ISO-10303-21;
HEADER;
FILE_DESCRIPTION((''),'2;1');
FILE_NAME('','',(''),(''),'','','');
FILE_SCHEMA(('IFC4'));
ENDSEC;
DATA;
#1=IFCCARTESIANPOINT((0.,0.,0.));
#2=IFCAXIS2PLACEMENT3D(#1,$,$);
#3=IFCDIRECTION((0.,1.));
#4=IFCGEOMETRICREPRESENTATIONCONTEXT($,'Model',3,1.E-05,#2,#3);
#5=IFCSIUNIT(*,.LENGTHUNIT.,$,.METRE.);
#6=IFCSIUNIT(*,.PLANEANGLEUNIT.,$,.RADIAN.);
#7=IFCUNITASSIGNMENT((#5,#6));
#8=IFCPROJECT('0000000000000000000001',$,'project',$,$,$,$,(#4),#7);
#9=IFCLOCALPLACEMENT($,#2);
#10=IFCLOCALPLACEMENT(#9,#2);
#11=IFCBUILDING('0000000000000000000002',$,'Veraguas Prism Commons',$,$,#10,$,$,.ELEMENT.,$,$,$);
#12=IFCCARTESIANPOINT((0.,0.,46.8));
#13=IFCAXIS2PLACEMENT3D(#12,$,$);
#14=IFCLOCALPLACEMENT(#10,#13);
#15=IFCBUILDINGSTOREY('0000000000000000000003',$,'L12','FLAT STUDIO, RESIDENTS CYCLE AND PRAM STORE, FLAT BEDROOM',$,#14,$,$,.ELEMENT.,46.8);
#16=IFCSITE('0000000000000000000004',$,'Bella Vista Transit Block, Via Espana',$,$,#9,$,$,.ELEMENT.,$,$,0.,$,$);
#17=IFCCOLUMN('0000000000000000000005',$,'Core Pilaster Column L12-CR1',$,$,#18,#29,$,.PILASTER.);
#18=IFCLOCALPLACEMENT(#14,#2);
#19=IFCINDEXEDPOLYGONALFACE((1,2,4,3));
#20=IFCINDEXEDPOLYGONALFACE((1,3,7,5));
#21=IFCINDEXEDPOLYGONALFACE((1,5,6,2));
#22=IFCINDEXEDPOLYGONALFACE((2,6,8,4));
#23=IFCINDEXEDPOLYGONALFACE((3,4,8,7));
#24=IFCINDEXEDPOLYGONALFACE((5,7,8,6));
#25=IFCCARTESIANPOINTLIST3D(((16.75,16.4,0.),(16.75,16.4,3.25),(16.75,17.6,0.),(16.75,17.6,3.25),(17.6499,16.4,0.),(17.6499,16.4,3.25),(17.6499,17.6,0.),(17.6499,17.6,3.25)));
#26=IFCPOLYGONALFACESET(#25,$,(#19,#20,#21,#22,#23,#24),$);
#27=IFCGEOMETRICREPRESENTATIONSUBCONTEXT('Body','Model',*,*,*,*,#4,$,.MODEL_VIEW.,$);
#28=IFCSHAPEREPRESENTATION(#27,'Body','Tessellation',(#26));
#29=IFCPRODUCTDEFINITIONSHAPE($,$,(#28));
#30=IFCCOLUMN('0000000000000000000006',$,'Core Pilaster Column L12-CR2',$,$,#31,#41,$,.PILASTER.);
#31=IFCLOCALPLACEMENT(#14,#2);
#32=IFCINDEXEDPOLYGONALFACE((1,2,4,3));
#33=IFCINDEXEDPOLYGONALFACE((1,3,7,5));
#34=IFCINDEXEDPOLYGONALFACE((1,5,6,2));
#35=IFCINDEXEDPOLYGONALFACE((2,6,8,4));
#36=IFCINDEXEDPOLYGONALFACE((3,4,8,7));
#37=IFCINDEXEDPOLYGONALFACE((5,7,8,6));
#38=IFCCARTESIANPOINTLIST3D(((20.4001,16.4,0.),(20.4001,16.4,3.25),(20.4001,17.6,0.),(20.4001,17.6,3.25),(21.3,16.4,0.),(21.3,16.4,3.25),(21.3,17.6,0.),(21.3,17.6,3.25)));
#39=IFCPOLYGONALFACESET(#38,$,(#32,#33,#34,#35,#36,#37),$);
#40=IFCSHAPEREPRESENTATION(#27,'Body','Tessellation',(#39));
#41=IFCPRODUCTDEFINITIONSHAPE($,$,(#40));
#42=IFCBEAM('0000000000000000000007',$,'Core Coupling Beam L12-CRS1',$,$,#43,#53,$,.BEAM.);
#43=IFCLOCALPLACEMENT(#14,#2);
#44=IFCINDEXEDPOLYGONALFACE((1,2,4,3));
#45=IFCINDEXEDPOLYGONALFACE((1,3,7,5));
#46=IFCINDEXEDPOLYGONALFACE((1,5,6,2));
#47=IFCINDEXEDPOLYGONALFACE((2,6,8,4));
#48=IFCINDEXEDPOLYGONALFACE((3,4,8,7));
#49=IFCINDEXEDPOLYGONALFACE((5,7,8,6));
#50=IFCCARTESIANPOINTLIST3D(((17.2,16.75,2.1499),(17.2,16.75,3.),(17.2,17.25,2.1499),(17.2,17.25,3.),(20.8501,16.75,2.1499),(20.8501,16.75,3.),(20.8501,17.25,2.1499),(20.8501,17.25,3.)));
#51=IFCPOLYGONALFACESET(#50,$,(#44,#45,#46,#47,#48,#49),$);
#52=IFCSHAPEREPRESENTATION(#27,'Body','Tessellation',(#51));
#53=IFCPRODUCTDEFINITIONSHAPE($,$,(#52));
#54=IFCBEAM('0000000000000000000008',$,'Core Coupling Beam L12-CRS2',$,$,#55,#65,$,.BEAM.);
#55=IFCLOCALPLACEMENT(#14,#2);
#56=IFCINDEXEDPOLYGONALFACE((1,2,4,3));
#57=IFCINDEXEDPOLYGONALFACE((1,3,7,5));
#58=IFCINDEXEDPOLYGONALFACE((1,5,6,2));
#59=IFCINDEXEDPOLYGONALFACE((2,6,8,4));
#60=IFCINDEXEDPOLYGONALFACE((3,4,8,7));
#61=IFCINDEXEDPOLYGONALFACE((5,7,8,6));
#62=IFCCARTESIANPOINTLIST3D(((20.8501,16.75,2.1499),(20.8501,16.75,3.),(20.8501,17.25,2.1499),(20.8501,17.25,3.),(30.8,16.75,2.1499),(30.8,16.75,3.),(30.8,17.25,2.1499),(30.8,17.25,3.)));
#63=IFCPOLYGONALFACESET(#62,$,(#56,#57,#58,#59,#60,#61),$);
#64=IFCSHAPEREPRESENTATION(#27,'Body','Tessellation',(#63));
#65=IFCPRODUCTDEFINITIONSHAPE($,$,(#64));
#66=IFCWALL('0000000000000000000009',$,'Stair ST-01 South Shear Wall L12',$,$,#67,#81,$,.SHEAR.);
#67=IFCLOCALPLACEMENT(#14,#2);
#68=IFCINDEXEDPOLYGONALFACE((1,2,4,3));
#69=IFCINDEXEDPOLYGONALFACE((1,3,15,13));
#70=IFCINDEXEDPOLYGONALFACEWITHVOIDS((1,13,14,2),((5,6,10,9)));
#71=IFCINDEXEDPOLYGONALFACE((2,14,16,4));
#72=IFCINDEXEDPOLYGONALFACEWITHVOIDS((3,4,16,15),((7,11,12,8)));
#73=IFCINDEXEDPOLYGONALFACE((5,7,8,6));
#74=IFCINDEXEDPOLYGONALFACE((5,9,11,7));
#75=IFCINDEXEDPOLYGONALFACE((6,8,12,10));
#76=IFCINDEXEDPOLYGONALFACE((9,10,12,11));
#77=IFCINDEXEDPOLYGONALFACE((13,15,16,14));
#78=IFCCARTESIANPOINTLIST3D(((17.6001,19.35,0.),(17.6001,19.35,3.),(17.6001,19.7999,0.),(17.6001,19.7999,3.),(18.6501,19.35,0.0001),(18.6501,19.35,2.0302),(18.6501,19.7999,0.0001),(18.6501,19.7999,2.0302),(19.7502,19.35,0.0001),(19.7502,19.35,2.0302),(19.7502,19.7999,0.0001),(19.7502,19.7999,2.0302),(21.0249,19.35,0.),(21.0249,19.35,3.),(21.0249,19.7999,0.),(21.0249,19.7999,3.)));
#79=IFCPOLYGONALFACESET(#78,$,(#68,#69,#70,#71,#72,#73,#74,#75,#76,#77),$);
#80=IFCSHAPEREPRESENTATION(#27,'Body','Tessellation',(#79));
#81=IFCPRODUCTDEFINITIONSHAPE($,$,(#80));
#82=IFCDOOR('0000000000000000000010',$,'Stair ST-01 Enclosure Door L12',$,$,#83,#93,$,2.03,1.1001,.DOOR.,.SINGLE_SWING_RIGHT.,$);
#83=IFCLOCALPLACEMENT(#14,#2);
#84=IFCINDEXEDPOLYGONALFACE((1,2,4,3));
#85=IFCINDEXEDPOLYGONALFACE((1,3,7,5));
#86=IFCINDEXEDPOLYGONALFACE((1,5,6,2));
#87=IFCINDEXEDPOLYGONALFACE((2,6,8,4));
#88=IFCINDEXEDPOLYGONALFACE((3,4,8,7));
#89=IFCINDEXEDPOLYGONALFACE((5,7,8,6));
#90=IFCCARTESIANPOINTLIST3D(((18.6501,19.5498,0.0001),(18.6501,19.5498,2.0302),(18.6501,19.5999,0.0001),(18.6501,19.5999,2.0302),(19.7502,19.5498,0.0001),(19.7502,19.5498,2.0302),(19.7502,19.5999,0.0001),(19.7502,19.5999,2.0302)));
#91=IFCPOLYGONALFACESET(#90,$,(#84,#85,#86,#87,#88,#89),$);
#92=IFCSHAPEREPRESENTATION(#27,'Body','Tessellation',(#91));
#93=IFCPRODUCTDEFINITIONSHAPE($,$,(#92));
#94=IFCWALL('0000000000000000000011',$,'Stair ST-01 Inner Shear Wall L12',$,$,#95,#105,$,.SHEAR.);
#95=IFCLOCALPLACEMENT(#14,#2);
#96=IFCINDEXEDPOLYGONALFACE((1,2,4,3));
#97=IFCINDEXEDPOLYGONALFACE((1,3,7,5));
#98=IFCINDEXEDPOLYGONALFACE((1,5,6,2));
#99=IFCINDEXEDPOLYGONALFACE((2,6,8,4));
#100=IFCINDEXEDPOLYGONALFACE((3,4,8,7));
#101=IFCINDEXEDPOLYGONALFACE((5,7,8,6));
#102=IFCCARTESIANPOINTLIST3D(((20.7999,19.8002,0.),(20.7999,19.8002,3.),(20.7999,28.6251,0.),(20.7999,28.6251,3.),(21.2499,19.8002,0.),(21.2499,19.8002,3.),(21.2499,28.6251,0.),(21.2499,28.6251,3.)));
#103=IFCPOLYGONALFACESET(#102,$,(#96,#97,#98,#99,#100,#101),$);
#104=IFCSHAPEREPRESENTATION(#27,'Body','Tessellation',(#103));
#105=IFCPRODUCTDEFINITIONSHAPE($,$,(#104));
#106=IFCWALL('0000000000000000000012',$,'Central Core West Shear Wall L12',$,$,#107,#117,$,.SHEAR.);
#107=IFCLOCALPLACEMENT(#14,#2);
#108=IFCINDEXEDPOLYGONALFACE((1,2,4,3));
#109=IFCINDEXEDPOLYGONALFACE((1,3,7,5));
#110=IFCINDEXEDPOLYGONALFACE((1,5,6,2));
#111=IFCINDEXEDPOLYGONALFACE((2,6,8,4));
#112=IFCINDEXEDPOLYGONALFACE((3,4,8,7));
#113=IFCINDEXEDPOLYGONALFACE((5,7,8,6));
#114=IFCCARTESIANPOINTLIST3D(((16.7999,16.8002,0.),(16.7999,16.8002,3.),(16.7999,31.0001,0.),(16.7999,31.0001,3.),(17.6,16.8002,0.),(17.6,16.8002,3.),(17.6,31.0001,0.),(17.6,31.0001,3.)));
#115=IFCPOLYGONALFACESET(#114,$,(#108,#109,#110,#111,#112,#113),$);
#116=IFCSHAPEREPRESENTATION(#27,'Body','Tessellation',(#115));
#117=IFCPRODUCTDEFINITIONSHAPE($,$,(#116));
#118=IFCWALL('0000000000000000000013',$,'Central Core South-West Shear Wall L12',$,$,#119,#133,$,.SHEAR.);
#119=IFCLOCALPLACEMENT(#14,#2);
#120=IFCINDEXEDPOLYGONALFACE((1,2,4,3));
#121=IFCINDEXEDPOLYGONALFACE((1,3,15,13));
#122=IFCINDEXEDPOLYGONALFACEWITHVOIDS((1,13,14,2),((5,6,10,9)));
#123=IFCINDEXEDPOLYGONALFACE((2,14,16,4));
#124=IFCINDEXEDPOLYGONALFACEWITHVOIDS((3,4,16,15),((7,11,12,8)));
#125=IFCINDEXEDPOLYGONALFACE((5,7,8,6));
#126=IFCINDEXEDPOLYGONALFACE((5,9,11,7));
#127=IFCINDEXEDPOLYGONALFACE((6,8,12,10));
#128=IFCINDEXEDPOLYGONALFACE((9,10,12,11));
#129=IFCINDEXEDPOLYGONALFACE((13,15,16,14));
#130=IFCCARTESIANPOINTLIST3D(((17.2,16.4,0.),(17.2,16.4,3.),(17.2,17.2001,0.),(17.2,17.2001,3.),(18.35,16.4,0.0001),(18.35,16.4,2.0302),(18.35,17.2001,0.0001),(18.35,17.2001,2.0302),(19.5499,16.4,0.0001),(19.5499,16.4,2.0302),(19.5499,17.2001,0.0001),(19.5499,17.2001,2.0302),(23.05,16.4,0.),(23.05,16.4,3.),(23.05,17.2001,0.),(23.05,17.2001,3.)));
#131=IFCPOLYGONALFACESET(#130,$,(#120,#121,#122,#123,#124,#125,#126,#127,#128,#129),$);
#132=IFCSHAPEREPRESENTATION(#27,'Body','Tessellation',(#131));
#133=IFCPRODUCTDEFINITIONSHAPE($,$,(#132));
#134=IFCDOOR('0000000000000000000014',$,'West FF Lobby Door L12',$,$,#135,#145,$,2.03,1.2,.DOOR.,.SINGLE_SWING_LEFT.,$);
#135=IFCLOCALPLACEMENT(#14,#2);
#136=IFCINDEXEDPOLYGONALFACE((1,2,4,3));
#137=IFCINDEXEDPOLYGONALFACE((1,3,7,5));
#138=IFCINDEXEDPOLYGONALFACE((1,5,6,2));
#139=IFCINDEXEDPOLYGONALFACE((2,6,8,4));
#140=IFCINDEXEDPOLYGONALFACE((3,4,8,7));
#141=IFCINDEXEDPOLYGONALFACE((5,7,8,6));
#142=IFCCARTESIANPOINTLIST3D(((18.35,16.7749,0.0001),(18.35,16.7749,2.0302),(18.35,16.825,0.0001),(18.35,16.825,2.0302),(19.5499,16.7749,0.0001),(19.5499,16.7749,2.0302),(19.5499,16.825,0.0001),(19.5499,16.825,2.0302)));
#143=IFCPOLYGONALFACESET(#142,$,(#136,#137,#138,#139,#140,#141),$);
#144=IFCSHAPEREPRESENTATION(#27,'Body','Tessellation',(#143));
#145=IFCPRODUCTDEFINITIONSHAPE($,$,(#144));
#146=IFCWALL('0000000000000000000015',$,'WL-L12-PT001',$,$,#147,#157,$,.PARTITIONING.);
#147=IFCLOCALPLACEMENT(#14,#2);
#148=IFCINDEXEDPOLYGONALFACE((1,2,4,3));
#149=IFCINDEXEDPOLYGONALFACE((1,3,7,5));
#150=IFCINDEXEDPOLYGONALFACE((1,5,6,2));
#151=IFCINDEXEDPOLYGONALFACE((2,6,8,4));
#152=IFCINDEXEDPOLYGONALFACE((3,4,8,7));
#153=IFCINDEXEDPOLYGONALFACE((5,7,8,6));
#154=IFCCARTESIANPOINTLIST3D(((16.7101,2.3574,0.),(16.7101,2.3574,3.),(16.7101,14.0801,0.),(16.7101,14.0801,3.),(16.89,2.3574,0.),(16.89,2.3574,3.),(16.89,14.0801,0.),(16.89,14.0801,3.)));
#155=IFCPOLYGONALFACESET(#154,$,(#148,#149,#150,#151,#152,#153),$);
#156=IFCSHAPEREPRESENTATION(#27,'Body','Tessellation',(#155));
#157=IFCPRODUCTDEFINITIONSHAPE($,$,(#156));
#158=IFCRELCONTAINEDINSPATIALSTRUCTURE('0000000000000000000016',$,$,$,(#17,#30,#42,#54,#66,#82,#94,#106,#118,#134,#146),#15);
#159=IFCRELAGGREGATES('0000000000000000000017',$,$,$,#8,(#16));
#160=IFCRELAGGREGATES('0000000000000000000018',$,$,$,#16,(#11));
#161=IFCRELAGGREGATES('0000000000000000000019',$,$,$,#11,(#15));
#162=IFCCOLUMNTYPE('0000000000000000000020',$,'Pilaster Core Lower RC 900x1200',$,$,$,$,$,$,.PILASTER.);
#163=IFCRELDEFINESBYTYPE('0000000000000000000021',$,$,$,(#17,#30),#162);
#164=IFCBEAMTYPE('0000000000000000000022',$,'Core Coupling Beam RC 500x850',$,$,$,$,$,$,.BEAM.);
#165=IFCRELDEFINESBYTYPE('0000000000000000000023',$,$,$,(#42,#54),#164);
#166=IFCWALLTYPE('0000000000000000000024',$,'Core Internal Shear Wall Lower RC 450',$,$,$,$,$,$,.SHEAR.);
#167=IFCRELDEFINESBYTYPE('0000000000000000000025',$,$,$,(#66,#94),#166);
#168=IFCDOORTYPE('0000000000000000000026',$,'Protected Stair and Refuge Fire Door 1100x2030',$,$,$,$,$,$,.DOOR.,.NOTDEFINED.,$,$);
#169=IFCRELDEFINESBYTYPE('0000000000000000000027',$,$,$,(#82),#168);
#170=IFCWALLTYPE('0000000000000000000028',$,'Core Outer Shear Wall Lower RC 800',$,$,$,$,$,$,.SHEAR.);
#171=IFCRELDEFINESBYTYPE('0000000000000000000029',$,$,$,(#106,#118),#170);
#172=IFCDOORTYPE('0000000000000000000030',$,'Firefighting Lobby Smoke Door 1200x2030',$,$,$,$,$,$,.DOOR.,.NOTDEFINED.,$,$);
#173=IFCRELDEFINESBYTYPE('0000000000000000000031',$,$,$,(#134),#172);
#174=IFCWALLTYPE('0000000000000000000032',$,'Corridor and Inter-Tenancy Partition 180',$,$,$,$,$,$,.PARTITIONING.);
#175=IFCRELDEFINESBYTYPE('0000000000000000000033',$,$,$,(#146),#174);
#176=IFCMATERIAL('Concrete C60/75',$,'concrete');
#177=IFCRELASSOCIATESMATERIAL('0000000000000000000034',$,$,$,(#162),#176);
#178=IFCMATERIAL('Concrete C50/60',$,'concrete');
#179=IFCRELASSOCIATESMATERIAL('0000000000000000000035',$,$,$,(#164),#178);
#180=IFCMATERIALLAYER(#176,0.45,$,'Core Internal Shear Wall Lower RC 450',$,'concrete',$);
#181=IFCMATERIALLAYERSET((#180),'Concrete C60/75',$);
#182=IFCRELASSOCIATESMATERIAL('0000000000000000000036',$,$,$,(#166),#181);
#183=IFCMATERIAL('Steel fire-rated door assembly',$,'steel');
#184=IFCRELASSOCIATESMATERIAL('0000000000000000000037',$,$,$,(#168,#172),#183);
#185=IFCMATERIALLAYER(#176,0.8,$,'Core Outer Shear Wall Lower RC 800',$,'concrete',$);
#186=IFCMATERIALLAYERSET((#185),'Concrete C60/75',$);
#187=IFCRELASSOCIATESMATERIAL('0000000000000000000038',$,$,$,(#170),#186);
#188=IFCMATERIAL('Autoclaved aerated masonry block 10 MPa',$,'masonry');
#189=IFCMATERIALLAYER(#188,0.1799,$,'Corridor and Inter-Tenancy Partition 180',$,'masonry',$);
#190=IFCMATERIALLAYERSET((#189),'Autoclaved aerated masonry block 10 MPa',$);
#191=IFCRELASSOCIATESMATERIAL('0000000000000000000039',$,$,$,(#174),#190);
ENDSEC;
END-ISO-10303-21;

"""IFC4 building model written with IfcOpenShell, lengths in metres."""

from ifc_helpers import new_model, si_unit, direction, frame, frame_2d, origin, origin_2d, place, context, subcontext, project, spatial, rectangle, extrude, source, transform, mapped, material, layer, layer_set, material_profile, profile_set, type_object, element, fill, save


model = new_model("IFC4")

# Units and contexts
model_context = context("Model", 3, precision=1e-05, world=origin(), true_north=direction((0.0, 1.0)))
body_context = subcontext(model_context, "Body", "Model", "MODEL_VIEW")
ifc_project = project(units=[si_unit("LENGTHUNIT", "METRE"), si_unit("PLANEANGLEUNIT", "RADIAN")], contexts=[model_context])

# Site, building, storey
site_placement = place(None, origin())
site = spatial("IfcSite", under=ifc_project, at=site_placement, Name="Bella Vista Transit Block, Via Espana", CompositionType="ELEMENT", RefElevation=0.0)
building_placement = place(site_placement, origin())
building = spatial("IfcBuilding", under=site, at=building_placement, Name="Veraguas Prism Commons", CompositionType="ELEMENT")
storey_placement = place(building_placement, frame((0.0, 0.0, 46.8)))
storey = spatial("IfcBuildingStorey", under=building, at=storey_placement, Name="L12", Description="FLAT STUDIO, RESIDENTS CYCLE AND PRAM STORE, FLAT BEDROOM", CompositionType="ELEMENT", Elevation=46.8)

# Columns
ifc_material_1 = material(Name="Concrete C60/75", Category="concrete")
ifc_material_profile_1 = material_profile(ifc_material_1, rectangle(XDim=0.8999, YDim=1.2, at=origin_2d()), Name="RC900X1200")
ifc_profile_set_1 = profile_set([ifc_material_profile_1], Name="Concrete C60/75")
column_type = type_object("IfcColumnType", Name="Pilaster Core Lower RC 900x1200", PredefinedType="PILASTER", material=ifc_profile_set_1)
for number, where, z_axis, x_axis, name in (
    (1, (17.2, 17.0, 0.0), (0.0, 0.0, 1.0), (1.0, 0.0, 0.0), "Core Pilaster Column L12-CR1"),
    (2, (20.8501, 17.0, 0.0), (0.0, 0.0, 1.0), (1.0, 0.0, 0.0), "Core Pilaster Column L12-CR2"),
):
    element("IfcColumn", number, at=place(storey_placement, frame(where, z_axis=z_axis, x_axis=x_axis)), inside=storey, type_object=column_type, Name=name, PredefinedType="PILASTER", context=body_context, shape_type="SweptSolid", body=[
        extrude(rectangle(XDim=0.8999, YDim=1.2, at=origin_2d()), origin(), (0.0, 0.0, 1.0), 3.25),
    ])

# Beams
ifc_material_2 = material(Name="Concrete C50/60", Category="concrete")
ifc_material_profile_2 = material_profile(ifc_material_2, rectangle(XDim=0.5, YDim=0.8501, at=origin_2d()), Name="RC500X850")
ifc_profile_set_2 = profile_set([ifc_material_profile_2], Name="Concrete C50/60")
beam_type = type_object("IfcBeamType", Name="Core Coupling Beam RC 500x850", PredefinedType="BEAM", material=ifc_profile_set_2)
beam_1_placement = place(storey_placement, frame((17.2, 17.0, 2.575), z_axis=(1.0, 0.0, 0.0), x_axis=(0.0, 1.0, 0.0)))
element("IfcBeam", 3, at=beam_1_placement, inside=storey, type_object=beam_type, Name="Core Coupling Beam L12-CRS1", PredefinedType="BEAM", context=body_context, shape_type="SweptSolid", body=[
    extrude(rectangle(XDim=0.5, YDim=0.8501, at=origin_2d()), origin(), (0.0, 0.0, 1.0), 3.6501),
])
beam_2_placement = place(storey_placement, frame((20.8501, 17.0, 2.575), z_axis=(1.0, 0.0, 0.0), x_axis=(0.0, 1.0, 0.0)))
element("IfcBeam", 4, at=beam_2_placement, inside=storey, type_object=beam_type, Name="Core Coupling Beam L12-CRS2", PredefinedType="BEAM", context=body_context, shape_type="SweptSolid", body=[
    extrude(rectangle(XDim=0.5, YDim=0.8501, at=origin_2d()), origin(), (0.0, 0.0, 1.0), 9.95),
])

# Wall, opening, door
ifc_layer_1 = layer(ifc_material_1, 0.45, Name="Core Internal Shear Wall Lower RC 450", Category="concrete")
ifc_layer_set_1 = layer_set([ifc_layer_1], Name="Concrete C60/75")
wall_type_1 = type_object("IfcWallType", Name="Core Internal Shear Wall Lower RC 450", PredefinedType="SHEAR", material=ifc_layer_set_1)
wall_1_placement = place(storey_placement, frame((17.6001, 19.575, 0.0), z_axis=(0.0, 0.0, 1.0), x_axis=(1.0, 0.0, 0.0)))
wall_1 = element("IfcWall", 5, at=wall_1_placement, inside=storey, type_object=wall_type_1, Name="Stair ST-01 South Shear Wall L12", PredefinedType="SHEAR", context=body_context, shape_type="SweptSolid", body=[
    extrude(rectangle(XDim=3.4248, YDim=0.45, at=frame_2d((1.7124, 0.0))), origin(), (0.0, 0.0, 1.0), 3.0),
])
opening_1_placement = place(wall_1_placement, frame((1.05, 0.0, 0.0)))
opening_1 = element("IfcOpeningElement", 6, at=opening_1_placement, cuts=wall_1, PredefinedType="OPENING", context=body_context, shape_type="SweptSolid", body=[
    extrude(rectangle(XDim=1.1001, YDim=2.03, at=frame_2d((0.55, 1.0151))), frame((0.0, 0.2349, 0.0), z_axis=(0.0, -1.0, 0.0), x_axis=(1.0, 0.0, 0.0)), (0.0, 0.0, 1.0), 0.47),
])
ifc_material_3 = material(Name="Steel fire-rated door assembly", Category="steel")
door_type_1 = type_object("IfcDoorType", Name="Protected Stair and Refuge Fire Door 1100x2030", OperationType="NOTDEFINED", PredefinedType="DOOR", material=ifc_material_3)
shared_shape_1 = source(origin(), body_context, "Body", "SweptSolid", [
    extrude(rectangle(XDim=1.1001, YDim=2.03, at=frame_2d((0.55, 1.0151))), frame((0.0, 0.0249, 0.0), z_axis=(0.0, -1.0, 0.0), x_axis=(1.0, 0.0, 0.0)), (0.0, 0.0, 1.0), 0.05),
])
door_1_placement = place(opening_1_placement, origin())
door_1 = element("IfcDoor", 7, at=door_1_placement, inside=storey, type_object=door_type_1, Name="Stair ST-01 Enclosure Door L12", OperationType="SINGLE_SWING_RIGHT", OverallHeight=2.03, OverallWidth=1.1001, PredefinedType="DOOR", context=body_context, shape_type="MappedRepresentation", body=[
    mapped(shared_shape_1, transform((0.0, 0.0, 0.0), scale=1.0)),
])
fill(opening_1, door_1)

# Walls
wall_2_placement = place(storey_placement, frame((21.0249, 19.8, 0.0), z_axis=(0.0, 0.0, 1.0), x_axis=(0.0, 1.0, 0.0)))
element("IfcWall", 8, at=wall_2_placement, inside=storey, type_object=wall_type_1, Name="Stair ST-01 Inner Shear Wall L12", PredefinedType="SHEAR", context=body_context, shape_type="SweptSolid", body=[
    extrude(rectangle(XDim=8.825, YDim=0.45, at=frame_2d((4.4126, 0.0))), origin(), (0.0, 0.0, 1.0), 3.0),
])
ifc_layer_2 = layer(ifc_material_1, 0.8, Name="Core Outer Shear Wall Lower RC 800", Category="concrete")
ifc_layer_set_2 = layer_set([ifc_layer_2], Name="Concrete C60/75")
wall_type_2 = type_object("IfcWallType", Name="Core Outer Shear Wall Lower RC 800", PredefinedType="SHEAR", material=ifc_layer_set_2)
wall_3_placement = place(storey_placement, frame((17.2, 16.8, 0.0), z_axis=(0.0, 0.0, 1.0), x_axis=(0.0, 1.0, 0.0)))
element("IfcWall", 9, at=wall_3_placement, inside=storey, type_object=wall_type_2, Name="Central Core West Shear Wall L12", PredefinedType="SHEAR", context=body_context, shape_type="SweptSolid", body=[
    extrude(rectangle(XDim=14.2, YDim=0.8, at=frame_2d((7.1001, 0.0))), origin(), (0.0, 0.0, 1.0), 3.0),
])

# Wall, opening, door
wall_4_placement = place(storey_placement, frame((17.2, 16.8, 0.0), z_axis=(0.0, 0.0, 1.0), x_axis=(1.0, 0.0, 0.0)))
wall_4 = element("IfcWall", 10, at=wall_4_placement, inside=storey, type_object=wall_type_2, Name="Central Core South-West Shear Wall L12", PredefinedType="SHEAR", context=body_context, shape_type="SweptSolid", body=[
    extrude(rectangle(XDim=5.8501, YDim=0.8, at=frame_2d((2.925, 0.0))), origin(), (0.0, 0.0, 1.0), 3.0),
])
opening_2_placement = place(wall_4_placement, frame((1.1499, 0.0, 0.0)))
opening_2 = element("IfcOpeningElement", 11, at=opening_2_placement, cuts=wall_4, PredefinedType="OPENING", context=body_context, shape_type="SweptSolid", body=[
    extrude(rectangle(XDim=1.2, YDim=2.03, at=frame_2d((0.6001, 1.0151))), frame((0.0, 0.4099, 0.0), z_axis=(0.0, -1.0, 0.0), x_axis=(1.0, 0.0, 0.0)), (0.0, 0.0, 1.0), 0.8201),
])
door_type_2 = type_object("IfcDoorType", Name="Firefighting Lobby Smoke Door 1200x2030", OperationType="NOTDEFINED", PredefinedType="DOOR", material=ifc_material_3)
shared_shape_2 = source(origin(), body_context, "Body", "SweptSolid", [
    extrude(rectangle(XDim=1.2, YDim=2.03, at=frame_2d((0.6001, 1.0151))), frame((0.0, 0.0249, 0.0), z_axis=(0.0, -1.0, 0.0), x_axis=(1.0, 0.0, 0.0)), (0.0, 0.0, 1.0), 0.05),
])
door_2_placement = place(opening_2_placement, origin())
door_2 = element("IfcDoor", 12, at=door_2_placement, inside=storey, type_object=door_type_2, Name="West FF Lobby Door L12", OperationType="SINGLE_SWING_LEFT", OverallHeight=2.03, OverallWidth=1.2, PredefinedType="DOOR", context=body_context, shape_type="MappedRepresentation", body=[
    mapped(shared_shape_2, transform((0.0, 0.0, 0.0), scale=1.0)),
])
fill(opening_2, door_2)

# Wall
ifc_material_4 = material(Name="Autoclaved aerated masonry block 10 MPa", Category="masonry")
ifc_layer_3 = layer(ifc_material_4, 0.1799, Name="Corridor and Inter-Tenancy Partition 180", Category="masonry")
ifc_layer_set_3 = layer_set([ifc_layer_3], Name="Autoclaved aerated masonry block 10 MPa")
wall_type_3 = type_object("IfcWallType", Name="Corridor and Inter-Tenancy Partition 180", PredefinedType="PARTITIONING", material=ifc_layer_set_3)
wall_5_placement = place(storey_placement, frame((16.8, 14.0801, 0.0), z_axis=(0.0, 0.0, 1.0), x_axis=(0.0, -1.0, 0.0)))
element("IfcWall", 13, at=wall_5_placement, inside=storey, type_object=wall_type_3, Name="WL-L12-PT001", PredefinedType="PARTITIONING", context=body_context, shape_type="SweptSolid", body=[
    extrude(rectangle(XDim=11.7227, YDim=0.1799, at=frame_2d((5.8613, 0.0))), origin(), (0.0, 0.0, 1.0), 3.0),
])

save(model, "model.ifc")
